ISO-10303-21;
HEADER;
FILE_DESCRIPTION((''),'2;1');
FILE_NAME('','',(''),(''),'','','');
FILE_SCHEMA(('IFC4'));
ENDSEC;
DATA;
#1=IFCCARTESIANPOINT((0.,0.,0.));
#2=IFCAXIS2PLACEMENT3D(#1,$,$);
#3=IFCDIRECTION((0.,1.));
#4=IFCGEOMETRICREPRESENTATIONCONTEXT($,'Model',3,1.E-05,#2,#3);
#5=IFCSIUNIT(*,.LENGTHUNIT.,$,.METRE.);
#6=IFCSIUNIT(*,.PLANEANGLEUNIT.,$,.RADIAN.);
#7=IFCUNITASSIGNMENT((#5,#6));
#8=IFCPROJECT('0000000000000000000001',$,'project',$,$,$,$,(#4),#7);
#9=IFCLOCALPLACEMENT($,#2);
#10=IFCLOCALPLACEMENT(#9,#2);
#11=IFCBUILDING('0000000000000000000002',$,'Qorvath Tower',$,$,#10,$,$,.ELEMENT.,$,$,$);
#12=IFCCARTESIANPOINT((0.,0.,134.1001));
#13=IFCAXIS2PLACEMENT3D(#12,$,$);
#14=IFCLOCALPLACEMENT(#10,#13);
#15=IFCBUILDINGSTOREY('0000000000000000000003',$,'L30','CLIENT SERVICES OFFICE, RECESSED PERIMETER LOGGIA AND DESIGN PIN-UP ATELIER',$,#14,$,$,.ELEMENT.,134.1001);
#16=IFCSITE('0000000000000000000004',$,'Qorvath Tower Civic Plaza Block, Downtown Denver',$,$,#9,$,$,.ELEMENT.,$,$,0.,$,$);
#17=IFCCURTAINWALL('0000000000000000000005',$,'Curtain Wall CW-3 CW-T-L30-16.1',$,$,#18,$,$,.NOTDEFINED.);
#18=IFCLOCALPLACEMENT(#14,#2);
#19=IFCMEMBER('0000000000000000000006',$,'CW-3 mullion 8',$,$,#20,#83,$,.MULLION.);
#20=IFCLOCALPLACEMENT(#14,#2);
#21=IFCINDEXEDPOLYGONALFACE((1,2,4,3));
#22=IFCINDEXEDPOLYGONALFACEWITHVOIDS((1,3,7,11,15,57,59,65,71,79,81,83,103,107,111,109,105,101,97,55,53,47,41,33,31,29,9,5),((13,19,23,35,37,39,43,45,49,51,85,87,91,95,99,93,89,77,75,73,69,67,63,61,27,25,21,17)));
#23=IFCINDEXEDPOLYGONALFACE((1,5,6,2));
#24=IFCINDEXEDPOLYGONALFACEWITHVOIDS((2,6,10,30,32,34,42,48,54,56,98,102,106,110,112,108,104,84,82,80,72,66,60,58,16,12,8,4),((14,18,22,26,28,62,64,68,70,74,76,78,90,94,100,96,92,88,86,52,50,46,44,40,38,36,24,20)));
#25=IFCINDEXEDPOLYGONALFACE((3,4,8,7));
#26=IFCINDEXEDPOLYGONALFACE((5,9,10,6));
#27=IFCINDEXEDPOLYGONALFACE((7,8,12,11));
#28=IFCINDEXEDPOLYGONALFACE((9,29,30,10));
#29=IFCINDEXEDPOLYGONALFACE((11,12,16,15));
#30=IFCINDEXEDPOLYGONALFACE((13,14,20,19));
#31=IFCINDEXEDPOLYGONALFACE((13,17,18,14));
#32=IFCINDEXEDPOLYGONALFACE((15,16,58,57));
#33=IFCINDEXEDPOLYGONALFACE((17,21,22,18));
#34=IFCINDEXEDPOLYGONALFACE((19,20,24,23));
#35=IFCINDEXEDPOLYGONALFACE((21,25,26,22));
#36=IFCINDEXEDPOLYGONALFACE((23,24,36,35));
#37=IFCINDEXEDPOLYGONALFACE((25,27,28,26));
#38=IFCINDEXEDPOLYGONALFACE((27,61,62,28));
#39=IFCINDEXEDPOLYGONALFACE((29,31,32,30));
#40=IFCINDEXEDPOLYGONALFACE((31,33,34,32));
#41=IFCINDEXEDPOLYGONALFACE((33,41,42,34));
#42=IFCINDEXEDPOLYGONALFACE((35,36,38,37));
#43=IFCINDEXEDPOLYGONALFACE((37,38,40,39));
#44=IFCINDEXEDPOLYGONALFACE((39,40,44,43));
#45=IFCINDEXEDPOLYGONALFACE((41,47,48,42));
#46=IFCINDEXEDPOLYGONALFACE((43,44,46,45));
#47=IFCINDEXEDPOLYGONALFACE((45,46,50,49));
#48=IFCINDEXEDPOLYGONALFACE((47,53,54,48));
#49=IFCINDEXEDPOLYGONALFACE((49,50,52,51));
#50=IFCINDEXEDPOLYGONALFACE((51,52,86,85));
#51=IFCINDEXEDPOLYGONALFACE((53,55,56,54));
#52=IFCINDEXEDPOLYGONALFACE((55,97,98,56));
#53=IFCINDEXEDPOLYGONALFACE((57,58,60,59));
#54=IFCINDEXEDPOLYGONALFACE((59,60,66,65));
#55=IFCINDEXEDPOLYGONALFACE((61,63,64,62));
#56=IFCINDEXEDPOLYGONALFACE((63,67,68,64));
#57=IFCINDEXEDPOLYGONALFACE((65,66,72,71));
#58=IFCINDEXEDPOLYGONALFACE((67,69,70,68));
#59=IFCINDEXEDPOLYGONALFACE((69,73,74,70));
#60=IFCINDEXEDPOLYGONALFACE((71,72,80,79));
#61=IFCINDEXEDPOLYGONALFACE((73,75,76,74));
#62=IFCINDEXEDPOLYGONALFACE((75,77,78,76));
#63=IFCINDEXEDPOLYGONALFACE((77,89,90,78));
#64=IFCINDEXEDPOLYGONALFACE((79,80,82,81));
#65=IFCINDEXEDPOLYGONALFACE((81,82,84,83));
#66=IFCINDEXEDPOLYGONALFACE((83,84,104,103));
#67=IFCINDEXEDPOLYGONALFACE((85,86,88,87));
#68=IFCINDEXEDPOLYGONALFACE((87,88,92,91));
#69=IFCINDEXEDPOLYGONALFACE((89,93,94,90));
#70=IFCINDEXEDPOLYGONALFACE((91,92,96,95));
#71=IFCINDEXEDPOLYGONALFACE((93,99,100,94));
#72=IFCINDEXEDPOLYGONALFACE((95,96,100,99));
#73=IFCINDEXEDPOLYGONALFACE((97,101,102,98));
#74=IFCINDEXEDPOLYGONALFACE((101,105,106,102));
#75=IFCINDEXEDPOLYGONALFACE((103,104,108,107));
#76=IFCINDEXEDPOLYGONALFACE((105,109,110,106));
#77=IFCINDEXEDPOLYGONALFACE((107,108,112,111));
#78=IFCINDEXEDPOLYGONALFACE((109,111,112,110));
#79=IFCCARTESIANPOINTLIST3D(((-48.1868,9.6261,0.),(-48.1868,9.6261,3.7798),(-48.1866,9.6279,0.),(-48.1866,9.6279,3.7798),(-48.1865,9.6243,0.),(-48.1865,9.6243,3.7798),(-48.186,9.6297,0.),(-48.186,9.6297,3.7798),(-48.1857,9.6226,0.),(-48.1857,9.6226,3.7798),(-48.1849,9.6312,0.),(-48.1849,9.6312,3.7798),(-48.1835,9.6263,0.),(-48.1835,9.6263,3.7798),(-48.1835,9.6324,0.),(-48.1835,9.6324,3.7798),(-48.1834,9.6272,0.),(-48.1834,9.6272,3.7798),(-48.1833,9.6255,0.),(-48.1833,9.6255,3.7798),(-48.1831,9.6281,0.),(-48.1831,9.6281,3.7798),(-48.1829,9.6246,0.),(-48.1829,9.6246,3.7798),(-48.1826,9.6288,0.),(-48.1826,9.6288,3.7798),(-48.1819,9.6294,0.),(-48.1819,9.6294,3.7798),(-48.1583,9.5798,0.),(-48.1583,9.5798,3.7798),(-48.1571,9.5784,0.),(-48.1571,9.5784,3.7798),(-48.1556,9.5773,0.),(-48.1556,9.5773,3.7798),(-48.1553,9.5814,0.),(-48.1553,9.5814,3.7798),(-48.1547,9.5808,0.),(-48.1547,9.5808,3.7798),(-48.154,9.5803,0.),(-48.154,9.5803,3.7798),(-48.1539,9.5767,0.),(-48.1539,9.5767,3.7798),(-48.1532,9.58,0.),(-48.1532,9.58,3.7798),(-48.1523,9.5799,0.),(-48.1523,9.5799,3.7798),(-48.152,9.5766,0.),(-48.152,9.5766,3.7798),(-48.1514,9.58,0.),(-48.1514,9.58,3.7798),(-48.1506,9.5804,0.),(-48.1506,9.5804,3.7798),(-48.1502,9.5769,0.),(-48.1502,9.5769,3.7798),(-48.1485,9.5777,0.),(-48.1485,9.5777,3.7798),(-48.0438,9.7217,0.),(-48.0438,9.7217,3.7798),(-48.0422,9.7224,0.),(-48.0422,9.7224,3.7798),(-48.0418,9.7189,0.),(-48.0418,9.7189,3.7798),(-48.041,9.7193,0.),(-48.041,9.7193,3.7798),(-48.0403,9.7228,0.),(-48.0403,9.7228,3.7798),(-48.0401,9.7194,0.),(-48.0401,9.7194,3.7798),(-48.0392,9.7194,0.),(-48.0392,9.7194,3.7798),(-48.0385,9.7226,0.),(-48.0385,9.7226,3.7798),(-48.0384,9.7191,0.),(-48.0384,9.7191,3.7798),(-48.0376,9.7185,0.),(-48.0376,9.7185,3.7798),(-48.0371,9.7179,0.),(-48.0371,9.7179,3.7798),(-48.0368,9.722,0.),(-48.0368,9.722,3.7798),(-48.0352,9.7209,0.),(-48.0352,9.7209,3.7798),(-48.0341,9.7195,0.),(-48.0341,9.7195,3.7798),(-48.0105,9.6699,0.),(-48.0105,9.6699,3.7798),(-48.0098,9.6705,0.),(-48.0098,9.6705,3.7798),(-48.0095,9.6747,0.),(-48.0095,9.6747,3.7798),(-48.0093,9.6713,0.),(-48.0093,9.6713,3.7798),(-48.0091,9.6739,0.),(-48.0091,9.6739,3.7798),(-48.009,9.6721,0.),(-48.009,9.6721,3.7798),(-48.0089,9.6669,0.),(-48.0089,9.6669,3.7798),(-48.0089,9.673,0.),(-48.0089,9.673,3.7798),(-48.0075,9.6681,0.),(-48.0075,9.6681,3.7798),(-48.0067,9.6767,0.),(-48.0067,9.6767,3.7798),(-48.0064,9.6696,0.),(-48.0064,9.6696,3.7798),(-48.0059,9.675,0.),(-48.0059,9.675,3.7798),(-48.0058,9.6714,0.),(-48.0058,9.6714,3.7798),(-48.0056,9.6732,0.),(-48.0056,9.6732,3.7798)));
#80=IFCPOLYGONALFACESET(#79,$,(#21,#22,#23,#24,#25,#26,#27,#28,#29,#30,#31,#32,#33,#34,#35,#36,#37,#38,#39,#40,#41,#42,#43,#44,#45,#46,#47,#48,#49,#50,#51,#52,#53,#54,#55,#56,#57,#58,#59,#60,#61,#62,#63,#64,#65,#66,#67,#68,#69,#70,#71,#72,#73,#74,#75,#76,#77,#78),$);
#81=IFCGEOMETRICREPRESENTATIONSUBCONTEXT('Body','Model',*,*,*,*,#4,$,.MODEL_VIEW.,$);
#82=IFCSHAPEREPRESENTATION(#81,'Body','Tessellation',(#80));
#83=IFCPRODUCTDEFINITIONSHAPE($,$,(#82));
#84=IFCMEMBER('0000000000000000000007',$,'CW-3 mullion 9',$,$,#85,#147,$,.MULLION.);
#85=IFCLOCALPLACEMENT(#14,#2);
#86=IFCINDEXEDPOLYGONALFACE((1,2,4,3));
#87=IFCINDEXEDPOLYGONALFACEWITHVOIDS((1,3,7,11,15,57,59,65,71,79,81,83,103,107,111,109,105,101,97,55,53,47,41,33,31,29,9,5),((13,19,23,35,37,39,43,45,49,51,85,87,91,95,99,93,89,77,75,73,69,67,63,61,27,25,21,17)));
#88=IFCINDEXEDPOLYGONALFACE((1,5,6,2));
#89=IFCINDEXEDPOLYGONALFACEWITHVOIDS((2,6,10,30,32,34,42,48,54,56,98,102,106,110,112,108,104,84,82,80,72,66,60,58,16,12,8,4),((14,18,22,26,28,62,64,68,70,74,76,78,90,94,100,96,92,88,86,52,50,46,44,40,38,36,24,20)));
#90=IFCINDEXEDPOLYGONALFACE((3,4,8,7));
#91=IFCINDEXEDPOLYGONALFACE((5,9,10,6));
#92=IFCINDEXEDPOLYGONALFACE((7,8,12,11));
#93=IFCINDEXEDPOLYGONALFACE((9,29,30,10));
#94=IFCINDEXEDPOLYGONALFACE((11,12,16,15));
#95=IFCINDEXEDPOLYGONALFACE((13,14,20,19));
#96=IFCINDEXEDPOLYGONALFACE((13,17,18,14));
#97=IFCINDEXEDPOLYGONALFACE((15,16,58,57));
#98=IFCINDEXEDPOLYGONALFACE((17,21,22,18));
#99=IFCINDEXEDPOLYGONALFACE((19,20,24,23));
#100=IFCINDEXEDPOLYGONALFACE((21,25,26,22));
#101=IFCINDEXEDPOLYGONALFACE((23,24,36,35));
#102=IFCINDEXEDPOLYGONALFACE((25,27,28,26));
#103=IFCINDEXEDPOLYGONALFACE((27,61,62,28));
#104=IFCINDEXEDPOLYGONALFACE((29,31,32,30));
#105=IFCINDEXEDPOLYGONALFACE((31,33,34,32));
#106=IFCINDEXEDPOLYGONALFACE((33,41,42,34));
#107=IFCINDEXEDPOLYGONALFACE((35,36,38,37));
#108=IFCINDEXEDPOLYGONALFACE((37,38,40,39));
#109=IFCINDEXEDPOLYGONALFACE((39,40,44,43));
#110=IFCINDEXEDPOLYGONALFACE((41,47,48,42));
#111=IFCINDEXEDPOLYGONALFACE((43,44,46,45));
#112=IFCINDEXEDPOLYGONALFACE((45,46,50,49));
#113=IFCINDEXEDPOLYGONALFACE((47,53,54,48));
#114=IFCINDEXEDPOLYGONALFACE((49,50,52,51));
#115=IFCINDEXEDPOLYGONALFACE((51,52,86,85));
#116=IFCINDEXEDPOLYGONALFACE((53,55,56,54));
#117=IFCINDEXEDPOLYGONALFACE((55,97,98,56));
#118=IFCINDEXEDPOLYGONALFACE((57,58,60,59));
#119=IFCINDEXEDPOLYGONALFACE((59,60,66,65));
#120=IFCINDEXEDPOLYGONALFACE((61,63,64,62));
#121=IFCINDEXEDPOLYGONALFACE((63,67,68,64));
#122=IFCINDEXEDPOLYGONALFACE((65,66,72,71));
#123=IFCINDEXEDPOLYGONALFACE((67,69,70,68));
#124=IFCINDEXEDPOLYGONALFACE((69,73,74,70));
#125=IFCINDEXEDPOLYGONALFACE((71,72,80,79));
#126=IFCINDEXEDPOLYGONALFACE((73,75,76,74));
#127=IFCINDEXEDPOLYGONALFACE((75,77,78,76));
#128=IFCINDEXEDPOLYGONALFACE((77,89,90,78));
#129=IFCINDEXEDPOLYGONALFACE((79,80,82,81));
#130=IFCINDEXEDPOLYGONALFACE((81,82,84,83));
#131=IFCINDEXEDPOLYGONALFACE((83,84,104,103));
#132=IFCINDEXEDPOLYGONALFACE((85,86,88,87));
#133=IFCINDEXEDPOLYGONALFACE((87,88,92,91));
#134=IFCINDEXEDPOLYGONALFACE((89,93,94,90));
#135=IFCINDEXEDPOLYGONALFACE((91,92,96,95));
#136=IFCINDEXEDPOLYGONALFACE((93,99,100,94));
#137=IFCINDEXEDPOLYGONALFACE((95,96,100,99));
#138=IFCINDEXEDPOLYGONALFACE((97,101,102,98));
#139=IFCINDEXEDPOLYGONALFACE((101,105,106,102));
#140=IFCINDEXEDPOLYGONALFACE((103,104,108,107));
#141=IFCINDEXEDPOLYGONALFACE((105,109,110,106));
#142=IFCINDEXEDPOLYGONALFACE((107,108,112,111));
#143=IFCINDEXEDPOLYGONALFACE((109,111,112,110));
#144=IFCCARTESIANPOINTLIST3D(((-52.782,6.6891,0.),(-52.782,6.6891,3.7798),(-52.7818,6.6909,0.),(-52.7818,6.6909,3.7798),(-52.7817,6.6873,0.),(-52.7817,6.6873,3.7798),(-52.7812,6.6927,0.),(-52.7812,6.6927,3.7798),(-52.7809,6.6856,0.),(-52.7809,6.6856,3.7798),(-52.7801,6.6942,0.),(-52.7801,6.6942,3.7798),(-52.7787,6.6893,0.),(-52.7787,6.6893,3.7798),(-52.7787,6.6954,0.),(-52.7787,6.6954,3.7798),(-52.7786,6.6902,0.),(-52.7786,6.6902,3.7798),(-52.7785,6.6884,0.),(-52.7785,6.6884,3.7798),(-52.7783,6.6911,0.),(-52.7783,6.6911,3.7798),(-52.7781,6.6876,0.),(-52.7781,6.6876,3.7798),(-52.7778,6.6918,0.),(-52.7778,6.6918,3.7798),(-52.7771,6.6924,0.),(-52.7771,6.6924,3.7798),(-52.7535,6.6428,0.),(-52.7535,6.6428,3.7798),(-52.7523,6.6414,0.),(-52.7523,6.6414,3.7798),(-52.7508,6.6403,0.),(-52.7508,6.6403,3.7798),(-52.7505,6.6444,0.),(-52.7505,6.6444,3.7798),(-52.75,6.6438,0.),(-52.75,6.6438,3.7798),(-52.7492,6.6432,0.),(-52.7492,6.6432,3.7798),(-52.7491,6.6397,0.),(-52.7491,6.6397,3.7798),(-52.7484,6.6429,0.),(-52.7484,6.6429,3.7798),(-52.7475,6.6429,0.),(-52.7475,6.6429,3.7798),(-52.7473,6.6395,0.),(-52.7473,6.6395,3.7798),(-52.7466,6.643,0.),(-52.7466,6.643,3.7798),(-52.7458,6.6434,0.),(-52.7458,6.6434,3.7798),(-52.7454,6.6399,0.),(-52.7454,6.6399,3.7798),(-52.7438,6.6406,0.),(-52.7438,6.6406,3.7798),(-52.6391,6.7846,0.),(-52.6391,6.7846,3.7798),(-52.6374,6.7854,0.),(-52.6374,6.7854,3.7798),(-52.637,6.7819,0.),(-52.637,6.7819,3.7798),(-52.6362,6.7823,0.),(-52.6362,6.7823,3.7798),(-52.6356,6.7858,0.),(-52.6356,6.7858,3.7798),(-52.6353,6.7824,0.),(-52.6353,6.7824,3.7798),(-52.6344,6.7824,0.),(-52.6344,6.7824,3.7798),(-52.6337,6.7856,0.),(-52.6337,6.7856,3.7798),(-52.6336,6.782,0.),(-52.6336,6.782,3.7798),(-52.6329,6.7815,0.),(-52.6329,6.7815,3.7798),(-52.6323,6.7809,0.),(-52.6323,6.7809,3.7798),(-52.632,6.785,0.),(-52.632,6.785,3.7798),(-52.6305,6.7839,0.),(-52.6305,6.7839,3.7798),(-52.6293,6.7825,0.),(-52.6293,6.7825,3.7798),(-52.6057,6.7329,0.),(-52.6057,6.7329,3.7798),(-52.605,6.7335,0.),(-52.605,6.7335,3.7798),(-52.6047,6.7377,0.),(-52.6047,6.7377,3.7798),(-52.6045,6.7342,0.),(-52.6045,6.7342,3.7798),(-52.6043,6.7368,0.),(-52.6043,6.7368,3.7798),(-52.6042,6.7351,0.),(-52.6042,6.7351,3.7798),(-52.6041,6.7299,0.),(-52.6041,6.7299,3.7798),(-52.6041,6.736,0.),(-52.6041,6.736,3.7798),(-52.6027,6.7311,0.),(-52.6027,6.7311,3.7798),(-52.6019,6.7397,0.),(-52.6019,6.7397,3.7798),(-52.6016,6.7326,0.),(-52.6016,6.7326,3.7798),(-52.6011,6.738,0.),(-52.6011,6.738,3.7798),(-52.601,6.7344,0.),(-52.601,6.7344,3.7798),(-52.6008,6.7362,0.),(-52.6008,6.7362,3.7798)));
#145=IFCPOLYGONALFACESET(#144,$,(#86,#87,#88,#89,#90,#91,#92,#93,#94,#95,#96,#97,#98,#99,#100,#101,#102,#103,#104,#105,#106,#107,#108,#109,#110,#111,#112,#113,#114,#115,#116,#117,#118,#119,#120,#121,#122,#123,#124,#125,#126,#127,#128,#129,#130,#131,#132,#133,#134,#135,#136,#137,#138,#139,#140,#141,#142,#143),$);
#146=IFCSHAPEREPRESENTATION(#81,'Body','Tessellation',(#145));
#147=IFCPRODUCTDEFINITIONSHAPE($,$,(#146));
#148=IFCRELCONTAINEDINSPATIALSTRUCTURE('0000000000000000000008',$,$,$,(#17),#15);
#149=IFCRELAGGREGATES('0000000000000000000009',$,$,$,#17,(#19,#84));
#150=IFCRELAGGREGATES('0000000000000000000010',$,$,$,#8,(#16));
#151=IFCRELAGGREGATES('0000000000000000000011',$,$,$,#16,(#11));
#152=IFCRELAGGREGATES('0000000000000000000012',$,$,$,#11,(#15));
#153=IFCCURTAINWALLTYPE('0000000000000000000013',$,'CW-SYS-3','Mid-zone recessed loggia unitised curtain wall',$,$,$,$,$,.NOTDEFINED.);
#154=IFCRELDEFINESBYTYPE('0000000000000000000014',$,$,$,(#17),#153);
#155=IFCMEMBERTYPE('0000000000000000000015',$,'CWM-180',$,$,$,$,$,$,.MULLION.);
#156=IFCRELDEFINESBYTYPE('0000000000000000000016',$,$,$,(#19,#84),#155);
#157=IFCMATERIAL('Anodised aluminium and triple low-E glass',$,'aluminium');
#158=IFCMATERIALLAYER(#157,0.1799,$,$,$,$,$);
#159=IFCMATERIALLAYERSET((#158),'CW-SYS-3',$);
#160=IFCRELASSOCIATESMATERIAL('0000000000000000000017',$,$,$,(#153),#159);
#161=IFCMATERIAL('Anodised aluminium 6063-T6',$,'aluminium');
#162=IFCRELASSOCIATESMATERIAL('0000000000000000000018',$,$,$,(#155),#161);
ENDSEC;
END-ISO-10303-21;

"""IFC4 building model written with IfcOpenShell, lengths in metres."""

from ifc_helpers import new_model, si_unit, direction, frame, origin, origin_2d, place, context, subcontext, project, spatial, hollow_rectangle, extrude, material, layer, layer_set, material_profile, profile_set, type_object, element, aggregate, save


model = new_model("IFC4")

# Units and contexts
model_context = context("Model", 3, precision=1e-05, world=origin(), true_north=direction((0.0, 1.0)))
body_context = subcontext(model_context, "Body", "Model", "MODEL_VIEW")
ifc_project = project(units=[si_unit("LENGTHUNIT", "METRE"), si_unit("PLANEANGLEUNIT", "RADIAN")], contexts=[model_context])

# Site, building, storey
site_placement = place(None, origin())
site = spatial("IfcSite", under=ifc_project, at=site_placement, Name="Qorvath Tower Civic Plaza Block, Downtown Denver", CompositionType="ELEMENT", RefElevation=0.0)
building_placement = place(site_placement, origin())
building = spatial("IfcBuilding", under=site, at=building_placement, Name="Qorvath Tower", CompositionType="ELEMENT")
storey_placement = place(building_placement, frame((0.0, 0.0, 134.1001)))
storey = spatial("IfcBuildingStorey", under=building, at=storey_placement, Name="L30", Description="CLIENT SERVICES OFFICE, RECESSED PERIMETER LOGGIA AND DESIGN PIN-UP ATELIER", CompositionType="ELEMENT", Elevation=134.1001)

# Curtain wall, members
ifc_material_1 = material(Name="Anodised aluminium and triple low-E glass", Category="aluminium")
ifc_layer_1 = layer(ifc_material_1, 0.1799)
ifc_layer_set_1 = layer_set([ifc_layer_1], Name="CW-SYS-3")
curtain_wall_type = type_object("IfcCurtainWallType", Name="CW-SYS-3", Description="Mid-zone recessed loggia unitised curtain wall", PredefinedType="NOTDEFINED", material=ifc_layer_set_1)
curtain_wall_placement = place(storey_placement, origin())
curtain_wall = element("IfcCurtainWall", 1, at=curtain_wall_placement, inside=storey, type_object=curtain_wall_type, Name="Curtain Wall CW-3 CW-T-L30-16.1", PredefinedType="NOTDEFINED")
ifc_material_2 = material(Name="Anodised aluminium 6063-T6", Category="aluminium")
ifc_material_profile_1 = material_profile(ifc_material_2, hollow_rectangle(XDim=0.0649, YDim=0.1799, WallThickness=0.0034, InnerFilletRadius=0.0034, OuterFilletRadius=0.0071, at=origin_2d()), Name="CWM 180x65")
ifc_profile_set_1 = profile_set([ifc_material_profile_1], Name="Anodised aluminium 6063-T6")
member_type_1 = type_object("IfcMemberType", Name="CWM-180", PredefinedType="MULLION", material=ifc_profile_set_1)
member_1_placement = place(storey_placement, frame((-48.0962, 9.6497, 0.0), z_axis=(0.0, 0.0, 1.0), x_axis=(0.538534, -0.842604, 0.0)))
member_1 = element("IfcMember", 2, at=member_1_placement, type_object=member_type_1, Name="CW-3 mullion 8", PredefinedType="MULLION", context=body_context, shape_type="SweptSolid", body=[
    extrude(hollow_rectangle(XDim=0.0649, YDim=0.1799, WallThickness=0.0034, InnerFilletRadius=0.0034, OuterFilletRadius=0.0071, at=origin_2d()), origin(), (0.0, 0.0, 1.0), 3.7798),
])
member_2_placement = place(storey_placement, frame((-52.6914, 6.7126, 0.0), z_axis=(0.0, 0.0, 1.0), x_axis=(0.538534, -0.842604, 0.0)))
member_2 = element("IfcMember", 3, at=member_2_placement, type_object=member_type_1, Name="CW-3 mullion 9", PredefinedType="MULLION", context=body_context, shape_type="SweptSolid", body=[
    extrude(hollow_rectangle(XDim=0.0649, YDim=0.1799, WallThickness=0.0034, InnerFilletRadius=0.0034, OuterFilletRadius=0.0071, at=origin_2d()), origin(), (0.0, 0.0, 1.0), 3.7798),
])
aggregate(curtain_wall, [member_1, member_2])

save(model, "model.ifc")
